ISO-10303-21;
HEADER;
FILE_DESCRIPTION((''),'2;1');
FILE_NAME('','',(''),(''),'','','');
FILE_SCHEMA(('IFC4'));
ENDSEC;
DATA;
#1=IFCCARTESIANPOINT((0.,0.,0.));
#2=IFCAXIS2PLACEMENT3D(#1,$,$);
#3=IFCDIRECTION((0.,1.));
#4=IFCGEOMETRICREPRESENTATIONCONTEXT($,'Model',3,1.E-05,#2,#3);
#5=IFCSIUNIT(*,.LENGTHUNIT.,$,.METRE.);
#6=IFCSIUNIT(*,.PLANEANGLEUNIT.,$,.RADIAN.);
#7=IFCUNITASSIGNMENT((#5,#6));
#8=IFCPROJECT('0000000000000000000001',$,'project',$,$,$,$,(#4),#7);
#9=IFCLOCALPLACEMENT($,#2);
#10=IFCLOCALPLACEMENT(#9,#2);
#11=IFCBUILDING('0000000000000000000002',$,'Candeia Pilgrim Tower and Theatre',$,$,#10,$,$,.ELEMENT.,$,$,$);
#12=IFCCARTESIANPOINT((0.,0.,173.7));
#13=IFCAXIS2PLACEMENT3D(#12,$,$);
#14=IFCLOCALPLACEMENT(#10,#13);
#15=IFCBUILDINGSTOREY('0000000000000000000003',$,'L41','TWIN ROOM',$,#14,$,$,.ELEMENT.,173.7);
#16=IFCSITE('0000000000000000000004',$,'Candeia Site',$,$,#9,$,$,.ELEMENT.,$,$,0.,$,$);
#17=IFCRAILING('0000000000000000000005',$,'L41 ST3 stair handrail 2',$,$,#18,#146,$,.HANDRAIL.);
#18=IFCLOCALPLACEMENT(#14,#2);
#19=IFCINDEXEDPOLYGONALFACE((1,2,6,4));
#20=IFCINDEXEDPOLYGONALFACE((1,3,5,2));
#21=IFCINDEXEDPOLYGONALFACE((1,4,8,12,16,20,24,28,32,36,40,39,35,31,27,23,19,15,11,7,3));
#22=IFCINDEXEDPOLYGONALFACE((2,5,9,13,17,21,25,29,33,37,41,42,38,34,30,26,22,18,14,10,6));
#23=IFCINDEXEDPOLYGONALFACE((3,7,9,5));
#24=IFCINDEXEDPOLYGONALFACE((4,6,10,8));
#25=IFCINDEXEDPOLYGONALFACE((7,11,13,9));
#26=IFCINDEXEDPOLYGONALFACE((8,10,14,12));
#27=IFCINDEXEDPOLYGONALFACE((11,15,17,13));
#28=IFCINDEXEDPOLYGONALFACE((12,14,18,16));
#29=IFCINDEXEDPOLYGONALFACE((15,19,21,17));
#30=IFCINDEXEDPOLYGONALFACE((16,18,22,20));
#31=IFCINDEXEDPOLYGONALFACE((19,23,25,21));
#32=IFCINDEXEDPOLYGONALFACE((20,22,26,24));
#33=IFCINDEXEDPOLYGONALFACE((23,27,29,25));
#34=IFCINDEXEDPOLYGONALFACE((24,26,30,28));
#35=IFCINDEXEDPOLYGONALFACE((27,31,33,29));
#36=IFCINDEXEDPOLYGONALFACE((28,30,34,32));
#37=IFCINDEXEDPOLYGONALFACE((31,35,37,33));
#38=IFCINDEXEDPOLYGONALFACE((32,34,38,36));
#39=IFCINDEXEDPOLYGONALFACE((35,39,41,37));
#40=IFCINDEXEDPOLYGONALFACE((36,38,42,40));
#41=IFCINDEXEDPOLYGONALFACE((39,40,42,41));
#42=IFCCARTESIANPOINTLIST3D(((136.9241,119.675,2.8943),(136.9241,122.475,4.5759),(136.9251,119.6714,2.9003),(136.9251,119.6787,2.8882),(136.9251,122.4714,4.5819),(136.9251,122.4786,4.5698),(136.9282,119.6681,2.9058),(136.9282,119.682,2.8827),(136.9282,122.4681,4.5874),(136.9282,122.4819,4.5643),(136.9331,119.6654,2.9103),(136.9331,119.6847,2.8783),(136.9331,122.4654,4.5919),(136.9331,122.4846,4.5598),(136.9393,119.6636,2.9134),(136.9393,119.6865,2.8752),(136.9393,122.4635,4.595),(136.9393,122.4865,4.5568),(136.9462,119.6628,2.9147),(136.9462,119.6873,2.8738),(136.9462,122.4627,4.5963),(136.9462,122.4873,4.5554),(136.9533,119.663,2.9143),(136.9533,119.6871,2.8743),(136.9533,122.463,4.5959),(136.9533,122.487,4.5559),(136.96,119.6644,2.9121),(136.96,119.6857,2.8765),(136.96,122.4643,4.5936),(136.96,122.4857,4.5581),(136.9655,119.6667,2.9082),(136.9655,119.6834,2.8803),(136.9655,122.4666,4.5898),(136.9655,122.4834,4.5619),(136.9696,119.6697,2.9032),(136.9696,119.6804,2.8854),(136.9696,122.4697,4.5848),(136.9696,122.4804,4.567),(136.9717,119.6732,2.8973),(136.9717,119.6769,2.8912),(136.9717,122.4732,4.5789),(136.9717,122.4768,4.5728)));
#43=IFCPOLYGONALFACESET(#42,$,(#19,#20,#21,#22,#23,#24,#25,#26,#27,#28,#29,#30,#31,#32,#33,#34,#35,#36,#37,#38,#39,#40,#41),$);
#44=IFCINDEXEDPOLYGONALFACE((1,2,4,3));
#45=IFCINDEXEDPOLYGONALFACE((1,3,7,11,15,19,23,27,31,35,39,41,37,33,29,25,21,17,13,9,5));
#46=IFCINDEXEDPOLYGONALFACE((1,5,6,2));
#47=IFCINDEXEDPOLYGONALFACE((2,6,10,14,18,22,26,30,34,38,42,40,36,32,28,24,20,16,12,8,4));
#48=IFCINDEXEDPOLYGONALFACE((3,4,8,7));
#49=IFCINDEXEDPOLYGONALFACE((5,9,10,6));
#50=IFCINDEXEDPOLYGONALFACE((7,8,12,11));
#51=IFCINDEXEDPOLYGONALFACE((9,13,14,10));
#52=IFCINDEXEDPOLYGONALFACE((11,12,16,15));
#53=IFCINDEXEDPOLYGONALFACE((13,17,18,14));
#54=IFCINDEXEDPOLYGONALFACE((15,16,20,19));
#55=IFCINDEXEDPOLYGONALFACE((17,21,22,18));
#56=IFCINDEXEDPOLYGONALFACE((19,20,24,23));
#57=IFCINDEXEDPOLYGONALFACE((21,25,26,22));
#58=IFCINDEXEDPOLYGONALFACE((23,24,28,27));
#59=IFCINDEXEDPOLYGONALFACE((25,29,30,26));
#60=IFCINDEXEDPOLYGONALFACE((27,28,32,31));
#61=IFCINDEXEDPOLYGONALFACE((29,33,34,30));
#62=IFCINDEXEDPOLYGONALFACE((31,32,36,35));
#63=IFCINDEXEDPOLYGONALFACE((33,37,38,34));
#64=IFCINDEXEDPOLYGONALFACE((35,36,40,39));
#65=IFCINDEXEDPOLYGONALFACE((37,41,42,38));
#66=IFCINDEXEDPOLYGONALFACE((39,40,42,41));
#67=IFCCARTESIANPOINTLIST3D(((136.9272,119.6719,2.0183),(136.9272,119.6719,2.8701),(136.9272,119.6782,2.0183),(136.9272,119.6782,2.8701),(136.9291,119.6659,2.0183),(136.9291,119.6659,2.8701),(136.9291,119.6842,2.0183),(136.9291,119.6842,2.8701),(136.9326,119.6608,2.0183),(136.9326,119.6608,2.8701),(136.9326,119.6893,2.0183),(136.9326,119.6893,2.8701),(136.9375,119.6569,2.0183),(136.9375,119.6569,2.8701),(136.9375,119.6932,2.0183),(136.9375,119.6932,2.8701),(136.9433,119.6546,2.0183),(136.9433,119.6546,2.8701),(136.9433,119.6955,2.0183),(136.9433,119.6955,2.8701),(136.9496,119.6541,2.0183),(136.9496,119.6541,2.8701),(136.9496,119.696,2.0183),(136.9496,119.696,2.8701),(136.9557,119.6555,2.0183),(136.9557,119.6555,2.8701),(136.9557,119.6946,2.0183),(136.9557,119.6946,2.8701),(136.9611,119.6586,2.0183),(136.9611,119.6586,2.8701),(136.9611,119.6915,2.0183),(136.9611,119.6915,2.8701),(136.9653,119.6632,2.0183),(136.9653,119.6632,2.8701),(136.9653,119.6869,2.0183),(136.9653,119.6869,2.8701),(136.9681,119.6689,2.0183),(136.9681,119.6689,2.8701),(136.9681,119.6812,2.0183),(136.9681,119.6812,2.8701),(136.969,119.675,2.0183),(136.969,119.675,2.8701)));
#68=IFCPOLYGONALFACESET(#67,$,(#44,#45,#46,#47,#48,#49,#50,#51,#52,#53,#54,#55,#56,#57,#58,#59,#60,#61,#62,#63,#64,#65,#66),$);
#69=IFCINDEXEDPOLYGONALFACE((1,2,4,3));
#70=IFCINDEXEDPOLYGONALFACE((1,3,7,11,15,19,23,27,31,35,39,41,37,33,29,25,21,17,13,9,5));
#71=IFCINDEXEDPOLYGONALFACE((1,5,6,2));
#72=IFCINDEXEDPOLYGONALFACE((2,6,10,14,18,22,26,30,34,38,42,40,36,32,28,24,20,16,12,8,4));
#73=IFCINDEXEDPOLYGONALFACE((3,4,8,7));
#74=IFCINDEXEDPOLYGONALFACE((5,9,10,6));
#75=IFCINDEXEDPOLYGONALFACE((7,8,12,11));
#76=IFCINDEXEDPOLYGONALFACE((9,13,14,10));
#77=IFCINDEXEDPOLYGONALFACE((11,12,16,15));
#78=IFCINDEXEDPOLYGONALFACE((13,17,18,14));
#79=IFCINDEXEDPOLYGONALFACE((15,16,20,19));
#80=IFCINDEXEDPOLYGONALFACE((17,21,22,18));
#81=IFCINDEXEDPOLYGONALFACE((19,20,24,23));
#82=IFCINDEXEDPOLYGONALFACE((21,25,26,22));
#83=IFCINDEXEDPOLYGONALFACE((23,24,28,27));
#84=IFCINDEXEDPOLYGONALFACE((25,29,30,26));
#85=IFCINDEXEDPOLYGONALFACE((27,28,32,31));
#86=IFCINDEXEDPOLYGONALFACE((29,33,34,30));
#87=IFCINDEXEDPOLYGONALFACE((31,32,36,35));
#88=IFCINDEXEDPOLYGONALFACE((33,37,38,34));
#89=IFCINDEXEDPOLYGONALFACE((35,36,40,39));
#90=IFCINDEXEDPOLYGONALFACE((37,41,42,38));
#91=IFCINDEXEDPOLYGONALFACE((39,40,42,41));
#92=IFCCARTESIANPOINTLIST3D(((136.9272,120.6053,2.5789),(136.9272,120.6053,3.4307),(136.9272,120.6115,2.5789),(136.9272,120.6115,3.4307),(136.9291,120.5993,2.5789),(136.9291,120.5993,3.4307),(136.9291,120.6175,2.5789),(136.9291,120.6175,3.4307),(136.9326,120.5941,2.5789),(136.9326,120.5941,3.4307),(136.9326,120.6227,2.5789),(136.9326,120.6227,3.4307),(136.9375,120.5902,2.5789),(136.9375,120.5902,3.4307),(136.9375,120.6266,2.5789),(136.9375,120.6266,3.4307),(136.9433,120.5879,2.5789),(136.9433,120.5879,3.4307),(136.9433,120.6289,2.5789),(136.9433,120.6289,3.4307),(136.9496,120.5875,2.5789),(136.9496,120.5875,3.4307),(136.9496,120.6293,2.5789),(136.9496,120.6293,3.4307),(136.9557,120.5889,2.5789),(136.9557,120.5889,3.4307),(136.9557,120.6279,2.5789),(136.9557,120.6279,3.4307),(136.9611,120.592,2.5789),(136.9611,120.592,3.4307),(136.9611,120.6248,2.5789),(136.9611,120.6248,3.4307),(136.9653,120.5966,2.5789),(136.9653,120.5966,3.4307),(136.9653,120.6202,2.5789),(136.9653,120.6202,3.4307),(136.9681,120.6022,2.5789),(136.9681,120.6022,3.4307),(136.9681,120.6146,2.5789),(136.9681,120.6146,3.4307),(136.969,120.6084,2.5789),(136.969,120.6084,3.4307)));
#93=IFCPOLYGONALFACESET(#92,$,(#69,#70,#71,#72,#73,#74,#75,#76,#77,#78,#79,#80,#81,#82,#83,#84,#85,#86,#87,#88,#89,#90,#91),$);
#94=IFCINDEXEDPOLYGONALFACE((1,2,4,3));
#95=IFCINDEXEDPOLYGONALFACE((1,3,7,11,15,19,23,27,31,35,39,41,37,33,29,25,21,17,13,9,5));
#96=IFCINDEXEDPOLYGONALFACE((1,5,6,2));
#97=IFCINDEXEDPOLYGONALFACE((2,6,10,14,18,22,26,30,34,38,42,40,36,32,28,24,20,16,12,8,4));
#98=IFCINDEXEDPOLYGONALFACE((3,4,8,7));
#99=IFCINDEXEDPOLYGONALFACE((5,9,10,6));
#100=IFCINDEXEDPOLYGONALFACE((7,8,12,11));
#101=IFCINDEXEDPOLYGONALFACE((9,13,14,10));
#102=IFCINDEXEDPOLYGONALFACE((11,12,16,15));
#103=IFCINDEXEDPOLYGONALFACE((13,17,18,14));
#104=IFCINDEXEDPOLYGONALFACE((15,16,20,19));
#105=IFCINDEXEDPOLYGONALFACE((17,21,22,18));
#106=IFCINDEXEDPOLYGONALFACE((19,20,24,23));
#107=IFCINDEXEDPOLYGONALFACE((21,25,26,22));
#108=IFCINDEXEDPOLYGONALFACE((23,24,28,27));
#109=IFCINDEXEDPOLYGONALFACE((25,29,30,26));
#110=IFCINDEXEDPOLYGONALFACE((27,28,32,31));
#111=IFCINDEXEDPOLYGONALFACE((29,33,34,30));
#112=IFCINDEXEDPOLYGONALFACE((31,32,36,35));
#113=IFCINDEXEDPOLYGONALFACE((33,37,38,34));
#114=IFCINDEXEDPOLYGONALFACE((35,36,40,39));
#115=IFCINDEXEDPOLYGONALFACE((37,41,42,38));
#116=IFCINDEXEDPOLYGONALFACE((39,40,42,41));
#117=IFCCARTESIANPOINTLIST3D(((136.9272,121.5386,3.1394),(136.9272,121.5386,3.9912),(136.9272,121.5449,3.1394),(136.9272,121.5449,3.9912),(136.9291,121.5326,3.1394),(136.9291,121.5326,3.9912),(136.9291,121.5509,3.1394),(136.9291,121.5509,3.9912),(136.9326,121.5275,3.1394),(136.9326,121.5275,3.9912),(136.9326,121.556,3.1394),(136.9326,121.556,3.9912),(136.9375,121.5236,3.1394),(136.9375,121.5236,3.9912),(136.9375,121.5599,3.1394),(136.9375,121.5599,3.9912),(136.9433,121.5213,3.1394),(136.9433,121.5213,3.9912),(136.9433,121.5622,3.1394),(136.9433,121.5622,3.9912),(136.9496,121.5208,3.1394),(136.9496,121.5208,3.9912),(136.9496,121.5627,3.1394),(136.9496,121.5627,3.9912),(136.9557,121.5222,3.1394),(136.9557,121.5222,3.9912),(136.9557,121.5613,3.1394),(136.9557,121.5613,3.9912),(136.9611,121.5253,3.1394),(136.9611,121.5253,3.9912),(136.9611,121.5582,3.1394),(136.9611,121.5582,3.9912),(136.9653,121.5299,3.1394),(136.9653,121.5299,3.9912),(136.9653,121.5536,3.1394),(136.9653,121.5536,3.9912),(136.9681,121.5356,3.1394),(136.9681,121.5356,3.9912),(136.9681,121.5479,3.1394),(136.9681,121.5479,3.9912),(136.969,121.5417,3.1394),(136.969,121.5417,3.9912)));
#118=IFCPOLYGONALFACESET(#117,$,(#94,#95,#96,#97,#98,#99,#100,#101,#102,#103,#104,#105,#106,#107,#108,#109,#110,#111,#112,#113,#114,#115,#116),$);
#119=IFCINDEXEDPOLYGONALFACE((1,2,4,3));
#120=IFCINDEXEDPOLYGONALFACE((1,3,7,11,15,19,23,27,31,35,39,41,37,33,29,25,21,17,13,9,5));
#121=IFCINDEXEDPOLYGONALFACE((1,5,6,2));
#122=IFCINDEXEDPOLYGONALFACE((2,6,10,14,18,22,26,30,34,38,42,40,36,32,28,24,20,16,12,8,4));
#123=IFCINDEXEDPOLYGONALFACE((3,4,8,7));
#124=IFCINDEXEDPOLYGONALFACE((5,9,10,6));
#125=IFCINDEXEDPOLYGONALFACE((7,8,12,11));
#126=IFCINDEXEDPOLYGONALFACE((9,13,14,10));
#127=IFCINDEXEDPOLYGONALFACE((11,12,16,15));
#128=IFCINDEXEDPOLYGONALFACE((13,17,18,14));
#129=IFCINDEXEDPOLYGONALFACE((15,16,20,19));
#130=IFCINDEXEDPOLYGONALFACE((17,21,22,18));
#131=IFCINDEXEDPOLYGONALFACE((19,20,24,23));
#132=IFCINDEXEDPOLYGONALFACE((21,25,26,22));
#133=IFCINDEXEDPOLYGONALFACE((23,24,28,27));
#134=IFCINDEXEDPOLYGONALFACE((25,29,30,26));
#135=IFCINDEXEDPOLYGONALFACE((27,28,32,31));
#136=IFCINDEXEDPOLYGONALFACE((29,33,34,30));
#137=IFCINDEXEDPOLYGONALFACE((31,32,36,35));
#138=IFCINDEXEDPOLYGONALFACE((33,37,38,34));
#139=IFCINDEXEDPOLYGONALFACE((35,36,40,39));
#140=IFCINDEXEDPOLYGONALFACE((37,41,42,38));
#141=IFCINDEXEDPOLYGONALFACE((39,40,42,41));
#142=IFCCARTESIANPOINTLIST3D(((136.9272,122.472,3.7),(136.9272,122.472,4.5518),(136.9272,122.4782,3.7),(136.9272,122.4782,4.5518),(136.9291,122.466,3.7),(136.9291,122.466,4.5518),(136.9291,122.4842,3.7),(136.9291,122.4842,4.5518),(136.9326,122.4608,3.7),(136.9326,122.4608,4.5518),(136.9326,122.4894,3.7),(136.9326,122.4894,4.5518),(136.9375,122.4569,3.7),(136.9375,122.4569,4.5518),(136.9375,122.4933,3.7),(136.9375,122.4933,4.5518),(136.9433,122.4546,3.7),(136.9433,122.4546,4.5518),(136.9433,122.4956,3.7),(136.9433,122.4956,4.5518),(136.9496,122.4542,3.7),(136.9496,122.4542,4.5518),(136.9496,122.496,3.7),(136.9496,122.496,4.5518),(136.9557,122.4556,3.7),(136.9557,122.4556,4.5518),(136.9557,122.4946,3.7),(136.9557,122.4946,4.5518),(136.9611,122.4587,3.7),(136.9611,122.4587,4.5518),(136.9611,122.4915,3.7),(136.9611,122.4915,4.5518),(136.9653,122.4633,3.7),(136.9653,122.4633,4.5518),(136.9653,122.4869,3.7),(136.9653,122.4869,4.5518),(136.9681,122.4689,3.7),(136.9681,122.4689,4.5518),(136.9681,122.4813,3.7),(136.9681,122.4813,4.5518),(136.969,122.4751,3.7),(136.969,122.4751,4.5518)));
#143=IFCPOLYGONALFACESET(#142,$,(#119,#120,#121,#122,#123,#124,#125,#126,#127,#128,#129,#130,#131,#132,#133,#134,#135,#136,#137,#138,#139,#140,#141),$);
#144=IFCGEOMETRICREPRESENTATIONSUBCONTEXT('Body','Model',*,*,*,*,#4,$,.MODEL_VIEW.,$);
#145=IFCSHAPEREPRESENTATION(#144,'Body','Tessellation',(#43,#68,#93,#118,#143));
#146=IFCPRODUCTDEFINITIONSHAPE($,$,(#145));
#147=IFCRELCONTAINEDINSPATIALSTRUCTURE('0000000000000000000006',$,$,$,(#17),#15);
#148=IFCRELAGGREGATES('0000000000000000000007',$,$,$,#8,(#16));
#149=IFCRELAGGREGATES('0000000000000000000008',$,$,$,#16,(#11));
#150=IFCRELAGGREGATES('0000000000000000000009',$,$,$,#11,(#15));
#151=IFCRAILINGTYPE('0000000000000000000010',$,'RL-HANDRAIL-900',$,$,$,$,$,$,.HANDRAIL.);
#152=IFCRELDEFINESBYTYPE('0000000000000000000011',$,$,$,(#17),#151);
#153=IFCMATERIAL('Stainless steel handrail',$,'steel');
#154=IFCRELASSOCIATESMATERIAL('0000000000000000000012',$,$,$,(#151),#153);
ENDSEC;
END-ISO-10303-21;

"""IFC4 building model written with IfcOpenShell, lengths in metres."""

from ifc_helpers import new_model, si_unit, direction, frame, origin, origin_2d, place, context, subcontext, project, spatial, circle, extrude, material, type_object, element, save


model = new_model("IFC4")

# Units and contexts
model_context = context("Model", 3, precision=1e-05, world=origin(), true_north=direction((0.0, 1.0)))
body_context = subcontext(model_context, "Body", "Model", "MODEL_VIEW")
ifc_project = project(units=[si_unit("LENGTHUNIT", "METRE"), si_unit("PLANEANGLEUNIT", "RADIAN")], contexts=[model_context])

# Site, building, storey
site_placement = place(None, origin())
site = spatial("IfcSite", under=ifc_project, at=site_placement, Name="Candeia Site", CompositionType="ELEMENT", RefElevation=0.0)
building_placement = place(site_placement, origin())
building = spatial("IfcBuilding", under=site, at=building_placement, Name="Candeia Pilgrim Tower and Theatre", CompositionType="ELEMENT")
storey_placement = place(building_placement, frame((0.0, 0.0, 173.7)))
storey = spatial("IfcBuildingStorey", under=building, at=storey_placement, Name="L41", Description="TWIN ROOM", CompositionType="ELEMENT", Elevation=173.7)

# Railing
ifc_material_1 = material(Name="Stainless steel handrail", Category="steel")
railing_type_1 = type_object("IfcRailingType", Name="RL-HANDRAIL-900", PredefinedType="HANDRAIL", material=ifc_material_1)
railing_1_placement = place(storey_placement, frame((136.948, 119.675, 2.0183)))
element("IfcRailing", 1, at=railing_1_placement, inside=storey, type_object=railing_type_1, Name="L41 ST3 stair handrail 2", PredefinedType="HANDRAIL", context=body_context, shape_type="SweptSolid", body=[
    extrude(circle(Radius=0.0239, at=origin_2d()), frame((0.0, 0.0, 0.876), z_axis=(0.0, 0.857275, 0.514858), x_axis=(-1.0, 0.0, 0.0)), (0.0, 0.0, 1.0), 3.2661),
    extrude(circle(Radius=0.021, at=origin_2d()), origin(), (0.0, 0.0, 1.0), 0.8518),
    extrude(circle(Radius=0.021, at=origin_2d()), frame((0.0, 0.9333, 0.5605)), (0.0, 0.0, 1.0), 0.8518),
    extrude(circle(Radius=0.021, at=origin_2d()), frame((0.0, 1.8667, 1.1211)), (0.0, 0.0, 1.0), 0.8518),
    extrude(circle(Radius=0.021, at=origin_2d()), frame((0.0, 2.8, 1.6816)), (0.0, 0.0, 1.0), 0.8518),
])

save(model, "model.ifc")
